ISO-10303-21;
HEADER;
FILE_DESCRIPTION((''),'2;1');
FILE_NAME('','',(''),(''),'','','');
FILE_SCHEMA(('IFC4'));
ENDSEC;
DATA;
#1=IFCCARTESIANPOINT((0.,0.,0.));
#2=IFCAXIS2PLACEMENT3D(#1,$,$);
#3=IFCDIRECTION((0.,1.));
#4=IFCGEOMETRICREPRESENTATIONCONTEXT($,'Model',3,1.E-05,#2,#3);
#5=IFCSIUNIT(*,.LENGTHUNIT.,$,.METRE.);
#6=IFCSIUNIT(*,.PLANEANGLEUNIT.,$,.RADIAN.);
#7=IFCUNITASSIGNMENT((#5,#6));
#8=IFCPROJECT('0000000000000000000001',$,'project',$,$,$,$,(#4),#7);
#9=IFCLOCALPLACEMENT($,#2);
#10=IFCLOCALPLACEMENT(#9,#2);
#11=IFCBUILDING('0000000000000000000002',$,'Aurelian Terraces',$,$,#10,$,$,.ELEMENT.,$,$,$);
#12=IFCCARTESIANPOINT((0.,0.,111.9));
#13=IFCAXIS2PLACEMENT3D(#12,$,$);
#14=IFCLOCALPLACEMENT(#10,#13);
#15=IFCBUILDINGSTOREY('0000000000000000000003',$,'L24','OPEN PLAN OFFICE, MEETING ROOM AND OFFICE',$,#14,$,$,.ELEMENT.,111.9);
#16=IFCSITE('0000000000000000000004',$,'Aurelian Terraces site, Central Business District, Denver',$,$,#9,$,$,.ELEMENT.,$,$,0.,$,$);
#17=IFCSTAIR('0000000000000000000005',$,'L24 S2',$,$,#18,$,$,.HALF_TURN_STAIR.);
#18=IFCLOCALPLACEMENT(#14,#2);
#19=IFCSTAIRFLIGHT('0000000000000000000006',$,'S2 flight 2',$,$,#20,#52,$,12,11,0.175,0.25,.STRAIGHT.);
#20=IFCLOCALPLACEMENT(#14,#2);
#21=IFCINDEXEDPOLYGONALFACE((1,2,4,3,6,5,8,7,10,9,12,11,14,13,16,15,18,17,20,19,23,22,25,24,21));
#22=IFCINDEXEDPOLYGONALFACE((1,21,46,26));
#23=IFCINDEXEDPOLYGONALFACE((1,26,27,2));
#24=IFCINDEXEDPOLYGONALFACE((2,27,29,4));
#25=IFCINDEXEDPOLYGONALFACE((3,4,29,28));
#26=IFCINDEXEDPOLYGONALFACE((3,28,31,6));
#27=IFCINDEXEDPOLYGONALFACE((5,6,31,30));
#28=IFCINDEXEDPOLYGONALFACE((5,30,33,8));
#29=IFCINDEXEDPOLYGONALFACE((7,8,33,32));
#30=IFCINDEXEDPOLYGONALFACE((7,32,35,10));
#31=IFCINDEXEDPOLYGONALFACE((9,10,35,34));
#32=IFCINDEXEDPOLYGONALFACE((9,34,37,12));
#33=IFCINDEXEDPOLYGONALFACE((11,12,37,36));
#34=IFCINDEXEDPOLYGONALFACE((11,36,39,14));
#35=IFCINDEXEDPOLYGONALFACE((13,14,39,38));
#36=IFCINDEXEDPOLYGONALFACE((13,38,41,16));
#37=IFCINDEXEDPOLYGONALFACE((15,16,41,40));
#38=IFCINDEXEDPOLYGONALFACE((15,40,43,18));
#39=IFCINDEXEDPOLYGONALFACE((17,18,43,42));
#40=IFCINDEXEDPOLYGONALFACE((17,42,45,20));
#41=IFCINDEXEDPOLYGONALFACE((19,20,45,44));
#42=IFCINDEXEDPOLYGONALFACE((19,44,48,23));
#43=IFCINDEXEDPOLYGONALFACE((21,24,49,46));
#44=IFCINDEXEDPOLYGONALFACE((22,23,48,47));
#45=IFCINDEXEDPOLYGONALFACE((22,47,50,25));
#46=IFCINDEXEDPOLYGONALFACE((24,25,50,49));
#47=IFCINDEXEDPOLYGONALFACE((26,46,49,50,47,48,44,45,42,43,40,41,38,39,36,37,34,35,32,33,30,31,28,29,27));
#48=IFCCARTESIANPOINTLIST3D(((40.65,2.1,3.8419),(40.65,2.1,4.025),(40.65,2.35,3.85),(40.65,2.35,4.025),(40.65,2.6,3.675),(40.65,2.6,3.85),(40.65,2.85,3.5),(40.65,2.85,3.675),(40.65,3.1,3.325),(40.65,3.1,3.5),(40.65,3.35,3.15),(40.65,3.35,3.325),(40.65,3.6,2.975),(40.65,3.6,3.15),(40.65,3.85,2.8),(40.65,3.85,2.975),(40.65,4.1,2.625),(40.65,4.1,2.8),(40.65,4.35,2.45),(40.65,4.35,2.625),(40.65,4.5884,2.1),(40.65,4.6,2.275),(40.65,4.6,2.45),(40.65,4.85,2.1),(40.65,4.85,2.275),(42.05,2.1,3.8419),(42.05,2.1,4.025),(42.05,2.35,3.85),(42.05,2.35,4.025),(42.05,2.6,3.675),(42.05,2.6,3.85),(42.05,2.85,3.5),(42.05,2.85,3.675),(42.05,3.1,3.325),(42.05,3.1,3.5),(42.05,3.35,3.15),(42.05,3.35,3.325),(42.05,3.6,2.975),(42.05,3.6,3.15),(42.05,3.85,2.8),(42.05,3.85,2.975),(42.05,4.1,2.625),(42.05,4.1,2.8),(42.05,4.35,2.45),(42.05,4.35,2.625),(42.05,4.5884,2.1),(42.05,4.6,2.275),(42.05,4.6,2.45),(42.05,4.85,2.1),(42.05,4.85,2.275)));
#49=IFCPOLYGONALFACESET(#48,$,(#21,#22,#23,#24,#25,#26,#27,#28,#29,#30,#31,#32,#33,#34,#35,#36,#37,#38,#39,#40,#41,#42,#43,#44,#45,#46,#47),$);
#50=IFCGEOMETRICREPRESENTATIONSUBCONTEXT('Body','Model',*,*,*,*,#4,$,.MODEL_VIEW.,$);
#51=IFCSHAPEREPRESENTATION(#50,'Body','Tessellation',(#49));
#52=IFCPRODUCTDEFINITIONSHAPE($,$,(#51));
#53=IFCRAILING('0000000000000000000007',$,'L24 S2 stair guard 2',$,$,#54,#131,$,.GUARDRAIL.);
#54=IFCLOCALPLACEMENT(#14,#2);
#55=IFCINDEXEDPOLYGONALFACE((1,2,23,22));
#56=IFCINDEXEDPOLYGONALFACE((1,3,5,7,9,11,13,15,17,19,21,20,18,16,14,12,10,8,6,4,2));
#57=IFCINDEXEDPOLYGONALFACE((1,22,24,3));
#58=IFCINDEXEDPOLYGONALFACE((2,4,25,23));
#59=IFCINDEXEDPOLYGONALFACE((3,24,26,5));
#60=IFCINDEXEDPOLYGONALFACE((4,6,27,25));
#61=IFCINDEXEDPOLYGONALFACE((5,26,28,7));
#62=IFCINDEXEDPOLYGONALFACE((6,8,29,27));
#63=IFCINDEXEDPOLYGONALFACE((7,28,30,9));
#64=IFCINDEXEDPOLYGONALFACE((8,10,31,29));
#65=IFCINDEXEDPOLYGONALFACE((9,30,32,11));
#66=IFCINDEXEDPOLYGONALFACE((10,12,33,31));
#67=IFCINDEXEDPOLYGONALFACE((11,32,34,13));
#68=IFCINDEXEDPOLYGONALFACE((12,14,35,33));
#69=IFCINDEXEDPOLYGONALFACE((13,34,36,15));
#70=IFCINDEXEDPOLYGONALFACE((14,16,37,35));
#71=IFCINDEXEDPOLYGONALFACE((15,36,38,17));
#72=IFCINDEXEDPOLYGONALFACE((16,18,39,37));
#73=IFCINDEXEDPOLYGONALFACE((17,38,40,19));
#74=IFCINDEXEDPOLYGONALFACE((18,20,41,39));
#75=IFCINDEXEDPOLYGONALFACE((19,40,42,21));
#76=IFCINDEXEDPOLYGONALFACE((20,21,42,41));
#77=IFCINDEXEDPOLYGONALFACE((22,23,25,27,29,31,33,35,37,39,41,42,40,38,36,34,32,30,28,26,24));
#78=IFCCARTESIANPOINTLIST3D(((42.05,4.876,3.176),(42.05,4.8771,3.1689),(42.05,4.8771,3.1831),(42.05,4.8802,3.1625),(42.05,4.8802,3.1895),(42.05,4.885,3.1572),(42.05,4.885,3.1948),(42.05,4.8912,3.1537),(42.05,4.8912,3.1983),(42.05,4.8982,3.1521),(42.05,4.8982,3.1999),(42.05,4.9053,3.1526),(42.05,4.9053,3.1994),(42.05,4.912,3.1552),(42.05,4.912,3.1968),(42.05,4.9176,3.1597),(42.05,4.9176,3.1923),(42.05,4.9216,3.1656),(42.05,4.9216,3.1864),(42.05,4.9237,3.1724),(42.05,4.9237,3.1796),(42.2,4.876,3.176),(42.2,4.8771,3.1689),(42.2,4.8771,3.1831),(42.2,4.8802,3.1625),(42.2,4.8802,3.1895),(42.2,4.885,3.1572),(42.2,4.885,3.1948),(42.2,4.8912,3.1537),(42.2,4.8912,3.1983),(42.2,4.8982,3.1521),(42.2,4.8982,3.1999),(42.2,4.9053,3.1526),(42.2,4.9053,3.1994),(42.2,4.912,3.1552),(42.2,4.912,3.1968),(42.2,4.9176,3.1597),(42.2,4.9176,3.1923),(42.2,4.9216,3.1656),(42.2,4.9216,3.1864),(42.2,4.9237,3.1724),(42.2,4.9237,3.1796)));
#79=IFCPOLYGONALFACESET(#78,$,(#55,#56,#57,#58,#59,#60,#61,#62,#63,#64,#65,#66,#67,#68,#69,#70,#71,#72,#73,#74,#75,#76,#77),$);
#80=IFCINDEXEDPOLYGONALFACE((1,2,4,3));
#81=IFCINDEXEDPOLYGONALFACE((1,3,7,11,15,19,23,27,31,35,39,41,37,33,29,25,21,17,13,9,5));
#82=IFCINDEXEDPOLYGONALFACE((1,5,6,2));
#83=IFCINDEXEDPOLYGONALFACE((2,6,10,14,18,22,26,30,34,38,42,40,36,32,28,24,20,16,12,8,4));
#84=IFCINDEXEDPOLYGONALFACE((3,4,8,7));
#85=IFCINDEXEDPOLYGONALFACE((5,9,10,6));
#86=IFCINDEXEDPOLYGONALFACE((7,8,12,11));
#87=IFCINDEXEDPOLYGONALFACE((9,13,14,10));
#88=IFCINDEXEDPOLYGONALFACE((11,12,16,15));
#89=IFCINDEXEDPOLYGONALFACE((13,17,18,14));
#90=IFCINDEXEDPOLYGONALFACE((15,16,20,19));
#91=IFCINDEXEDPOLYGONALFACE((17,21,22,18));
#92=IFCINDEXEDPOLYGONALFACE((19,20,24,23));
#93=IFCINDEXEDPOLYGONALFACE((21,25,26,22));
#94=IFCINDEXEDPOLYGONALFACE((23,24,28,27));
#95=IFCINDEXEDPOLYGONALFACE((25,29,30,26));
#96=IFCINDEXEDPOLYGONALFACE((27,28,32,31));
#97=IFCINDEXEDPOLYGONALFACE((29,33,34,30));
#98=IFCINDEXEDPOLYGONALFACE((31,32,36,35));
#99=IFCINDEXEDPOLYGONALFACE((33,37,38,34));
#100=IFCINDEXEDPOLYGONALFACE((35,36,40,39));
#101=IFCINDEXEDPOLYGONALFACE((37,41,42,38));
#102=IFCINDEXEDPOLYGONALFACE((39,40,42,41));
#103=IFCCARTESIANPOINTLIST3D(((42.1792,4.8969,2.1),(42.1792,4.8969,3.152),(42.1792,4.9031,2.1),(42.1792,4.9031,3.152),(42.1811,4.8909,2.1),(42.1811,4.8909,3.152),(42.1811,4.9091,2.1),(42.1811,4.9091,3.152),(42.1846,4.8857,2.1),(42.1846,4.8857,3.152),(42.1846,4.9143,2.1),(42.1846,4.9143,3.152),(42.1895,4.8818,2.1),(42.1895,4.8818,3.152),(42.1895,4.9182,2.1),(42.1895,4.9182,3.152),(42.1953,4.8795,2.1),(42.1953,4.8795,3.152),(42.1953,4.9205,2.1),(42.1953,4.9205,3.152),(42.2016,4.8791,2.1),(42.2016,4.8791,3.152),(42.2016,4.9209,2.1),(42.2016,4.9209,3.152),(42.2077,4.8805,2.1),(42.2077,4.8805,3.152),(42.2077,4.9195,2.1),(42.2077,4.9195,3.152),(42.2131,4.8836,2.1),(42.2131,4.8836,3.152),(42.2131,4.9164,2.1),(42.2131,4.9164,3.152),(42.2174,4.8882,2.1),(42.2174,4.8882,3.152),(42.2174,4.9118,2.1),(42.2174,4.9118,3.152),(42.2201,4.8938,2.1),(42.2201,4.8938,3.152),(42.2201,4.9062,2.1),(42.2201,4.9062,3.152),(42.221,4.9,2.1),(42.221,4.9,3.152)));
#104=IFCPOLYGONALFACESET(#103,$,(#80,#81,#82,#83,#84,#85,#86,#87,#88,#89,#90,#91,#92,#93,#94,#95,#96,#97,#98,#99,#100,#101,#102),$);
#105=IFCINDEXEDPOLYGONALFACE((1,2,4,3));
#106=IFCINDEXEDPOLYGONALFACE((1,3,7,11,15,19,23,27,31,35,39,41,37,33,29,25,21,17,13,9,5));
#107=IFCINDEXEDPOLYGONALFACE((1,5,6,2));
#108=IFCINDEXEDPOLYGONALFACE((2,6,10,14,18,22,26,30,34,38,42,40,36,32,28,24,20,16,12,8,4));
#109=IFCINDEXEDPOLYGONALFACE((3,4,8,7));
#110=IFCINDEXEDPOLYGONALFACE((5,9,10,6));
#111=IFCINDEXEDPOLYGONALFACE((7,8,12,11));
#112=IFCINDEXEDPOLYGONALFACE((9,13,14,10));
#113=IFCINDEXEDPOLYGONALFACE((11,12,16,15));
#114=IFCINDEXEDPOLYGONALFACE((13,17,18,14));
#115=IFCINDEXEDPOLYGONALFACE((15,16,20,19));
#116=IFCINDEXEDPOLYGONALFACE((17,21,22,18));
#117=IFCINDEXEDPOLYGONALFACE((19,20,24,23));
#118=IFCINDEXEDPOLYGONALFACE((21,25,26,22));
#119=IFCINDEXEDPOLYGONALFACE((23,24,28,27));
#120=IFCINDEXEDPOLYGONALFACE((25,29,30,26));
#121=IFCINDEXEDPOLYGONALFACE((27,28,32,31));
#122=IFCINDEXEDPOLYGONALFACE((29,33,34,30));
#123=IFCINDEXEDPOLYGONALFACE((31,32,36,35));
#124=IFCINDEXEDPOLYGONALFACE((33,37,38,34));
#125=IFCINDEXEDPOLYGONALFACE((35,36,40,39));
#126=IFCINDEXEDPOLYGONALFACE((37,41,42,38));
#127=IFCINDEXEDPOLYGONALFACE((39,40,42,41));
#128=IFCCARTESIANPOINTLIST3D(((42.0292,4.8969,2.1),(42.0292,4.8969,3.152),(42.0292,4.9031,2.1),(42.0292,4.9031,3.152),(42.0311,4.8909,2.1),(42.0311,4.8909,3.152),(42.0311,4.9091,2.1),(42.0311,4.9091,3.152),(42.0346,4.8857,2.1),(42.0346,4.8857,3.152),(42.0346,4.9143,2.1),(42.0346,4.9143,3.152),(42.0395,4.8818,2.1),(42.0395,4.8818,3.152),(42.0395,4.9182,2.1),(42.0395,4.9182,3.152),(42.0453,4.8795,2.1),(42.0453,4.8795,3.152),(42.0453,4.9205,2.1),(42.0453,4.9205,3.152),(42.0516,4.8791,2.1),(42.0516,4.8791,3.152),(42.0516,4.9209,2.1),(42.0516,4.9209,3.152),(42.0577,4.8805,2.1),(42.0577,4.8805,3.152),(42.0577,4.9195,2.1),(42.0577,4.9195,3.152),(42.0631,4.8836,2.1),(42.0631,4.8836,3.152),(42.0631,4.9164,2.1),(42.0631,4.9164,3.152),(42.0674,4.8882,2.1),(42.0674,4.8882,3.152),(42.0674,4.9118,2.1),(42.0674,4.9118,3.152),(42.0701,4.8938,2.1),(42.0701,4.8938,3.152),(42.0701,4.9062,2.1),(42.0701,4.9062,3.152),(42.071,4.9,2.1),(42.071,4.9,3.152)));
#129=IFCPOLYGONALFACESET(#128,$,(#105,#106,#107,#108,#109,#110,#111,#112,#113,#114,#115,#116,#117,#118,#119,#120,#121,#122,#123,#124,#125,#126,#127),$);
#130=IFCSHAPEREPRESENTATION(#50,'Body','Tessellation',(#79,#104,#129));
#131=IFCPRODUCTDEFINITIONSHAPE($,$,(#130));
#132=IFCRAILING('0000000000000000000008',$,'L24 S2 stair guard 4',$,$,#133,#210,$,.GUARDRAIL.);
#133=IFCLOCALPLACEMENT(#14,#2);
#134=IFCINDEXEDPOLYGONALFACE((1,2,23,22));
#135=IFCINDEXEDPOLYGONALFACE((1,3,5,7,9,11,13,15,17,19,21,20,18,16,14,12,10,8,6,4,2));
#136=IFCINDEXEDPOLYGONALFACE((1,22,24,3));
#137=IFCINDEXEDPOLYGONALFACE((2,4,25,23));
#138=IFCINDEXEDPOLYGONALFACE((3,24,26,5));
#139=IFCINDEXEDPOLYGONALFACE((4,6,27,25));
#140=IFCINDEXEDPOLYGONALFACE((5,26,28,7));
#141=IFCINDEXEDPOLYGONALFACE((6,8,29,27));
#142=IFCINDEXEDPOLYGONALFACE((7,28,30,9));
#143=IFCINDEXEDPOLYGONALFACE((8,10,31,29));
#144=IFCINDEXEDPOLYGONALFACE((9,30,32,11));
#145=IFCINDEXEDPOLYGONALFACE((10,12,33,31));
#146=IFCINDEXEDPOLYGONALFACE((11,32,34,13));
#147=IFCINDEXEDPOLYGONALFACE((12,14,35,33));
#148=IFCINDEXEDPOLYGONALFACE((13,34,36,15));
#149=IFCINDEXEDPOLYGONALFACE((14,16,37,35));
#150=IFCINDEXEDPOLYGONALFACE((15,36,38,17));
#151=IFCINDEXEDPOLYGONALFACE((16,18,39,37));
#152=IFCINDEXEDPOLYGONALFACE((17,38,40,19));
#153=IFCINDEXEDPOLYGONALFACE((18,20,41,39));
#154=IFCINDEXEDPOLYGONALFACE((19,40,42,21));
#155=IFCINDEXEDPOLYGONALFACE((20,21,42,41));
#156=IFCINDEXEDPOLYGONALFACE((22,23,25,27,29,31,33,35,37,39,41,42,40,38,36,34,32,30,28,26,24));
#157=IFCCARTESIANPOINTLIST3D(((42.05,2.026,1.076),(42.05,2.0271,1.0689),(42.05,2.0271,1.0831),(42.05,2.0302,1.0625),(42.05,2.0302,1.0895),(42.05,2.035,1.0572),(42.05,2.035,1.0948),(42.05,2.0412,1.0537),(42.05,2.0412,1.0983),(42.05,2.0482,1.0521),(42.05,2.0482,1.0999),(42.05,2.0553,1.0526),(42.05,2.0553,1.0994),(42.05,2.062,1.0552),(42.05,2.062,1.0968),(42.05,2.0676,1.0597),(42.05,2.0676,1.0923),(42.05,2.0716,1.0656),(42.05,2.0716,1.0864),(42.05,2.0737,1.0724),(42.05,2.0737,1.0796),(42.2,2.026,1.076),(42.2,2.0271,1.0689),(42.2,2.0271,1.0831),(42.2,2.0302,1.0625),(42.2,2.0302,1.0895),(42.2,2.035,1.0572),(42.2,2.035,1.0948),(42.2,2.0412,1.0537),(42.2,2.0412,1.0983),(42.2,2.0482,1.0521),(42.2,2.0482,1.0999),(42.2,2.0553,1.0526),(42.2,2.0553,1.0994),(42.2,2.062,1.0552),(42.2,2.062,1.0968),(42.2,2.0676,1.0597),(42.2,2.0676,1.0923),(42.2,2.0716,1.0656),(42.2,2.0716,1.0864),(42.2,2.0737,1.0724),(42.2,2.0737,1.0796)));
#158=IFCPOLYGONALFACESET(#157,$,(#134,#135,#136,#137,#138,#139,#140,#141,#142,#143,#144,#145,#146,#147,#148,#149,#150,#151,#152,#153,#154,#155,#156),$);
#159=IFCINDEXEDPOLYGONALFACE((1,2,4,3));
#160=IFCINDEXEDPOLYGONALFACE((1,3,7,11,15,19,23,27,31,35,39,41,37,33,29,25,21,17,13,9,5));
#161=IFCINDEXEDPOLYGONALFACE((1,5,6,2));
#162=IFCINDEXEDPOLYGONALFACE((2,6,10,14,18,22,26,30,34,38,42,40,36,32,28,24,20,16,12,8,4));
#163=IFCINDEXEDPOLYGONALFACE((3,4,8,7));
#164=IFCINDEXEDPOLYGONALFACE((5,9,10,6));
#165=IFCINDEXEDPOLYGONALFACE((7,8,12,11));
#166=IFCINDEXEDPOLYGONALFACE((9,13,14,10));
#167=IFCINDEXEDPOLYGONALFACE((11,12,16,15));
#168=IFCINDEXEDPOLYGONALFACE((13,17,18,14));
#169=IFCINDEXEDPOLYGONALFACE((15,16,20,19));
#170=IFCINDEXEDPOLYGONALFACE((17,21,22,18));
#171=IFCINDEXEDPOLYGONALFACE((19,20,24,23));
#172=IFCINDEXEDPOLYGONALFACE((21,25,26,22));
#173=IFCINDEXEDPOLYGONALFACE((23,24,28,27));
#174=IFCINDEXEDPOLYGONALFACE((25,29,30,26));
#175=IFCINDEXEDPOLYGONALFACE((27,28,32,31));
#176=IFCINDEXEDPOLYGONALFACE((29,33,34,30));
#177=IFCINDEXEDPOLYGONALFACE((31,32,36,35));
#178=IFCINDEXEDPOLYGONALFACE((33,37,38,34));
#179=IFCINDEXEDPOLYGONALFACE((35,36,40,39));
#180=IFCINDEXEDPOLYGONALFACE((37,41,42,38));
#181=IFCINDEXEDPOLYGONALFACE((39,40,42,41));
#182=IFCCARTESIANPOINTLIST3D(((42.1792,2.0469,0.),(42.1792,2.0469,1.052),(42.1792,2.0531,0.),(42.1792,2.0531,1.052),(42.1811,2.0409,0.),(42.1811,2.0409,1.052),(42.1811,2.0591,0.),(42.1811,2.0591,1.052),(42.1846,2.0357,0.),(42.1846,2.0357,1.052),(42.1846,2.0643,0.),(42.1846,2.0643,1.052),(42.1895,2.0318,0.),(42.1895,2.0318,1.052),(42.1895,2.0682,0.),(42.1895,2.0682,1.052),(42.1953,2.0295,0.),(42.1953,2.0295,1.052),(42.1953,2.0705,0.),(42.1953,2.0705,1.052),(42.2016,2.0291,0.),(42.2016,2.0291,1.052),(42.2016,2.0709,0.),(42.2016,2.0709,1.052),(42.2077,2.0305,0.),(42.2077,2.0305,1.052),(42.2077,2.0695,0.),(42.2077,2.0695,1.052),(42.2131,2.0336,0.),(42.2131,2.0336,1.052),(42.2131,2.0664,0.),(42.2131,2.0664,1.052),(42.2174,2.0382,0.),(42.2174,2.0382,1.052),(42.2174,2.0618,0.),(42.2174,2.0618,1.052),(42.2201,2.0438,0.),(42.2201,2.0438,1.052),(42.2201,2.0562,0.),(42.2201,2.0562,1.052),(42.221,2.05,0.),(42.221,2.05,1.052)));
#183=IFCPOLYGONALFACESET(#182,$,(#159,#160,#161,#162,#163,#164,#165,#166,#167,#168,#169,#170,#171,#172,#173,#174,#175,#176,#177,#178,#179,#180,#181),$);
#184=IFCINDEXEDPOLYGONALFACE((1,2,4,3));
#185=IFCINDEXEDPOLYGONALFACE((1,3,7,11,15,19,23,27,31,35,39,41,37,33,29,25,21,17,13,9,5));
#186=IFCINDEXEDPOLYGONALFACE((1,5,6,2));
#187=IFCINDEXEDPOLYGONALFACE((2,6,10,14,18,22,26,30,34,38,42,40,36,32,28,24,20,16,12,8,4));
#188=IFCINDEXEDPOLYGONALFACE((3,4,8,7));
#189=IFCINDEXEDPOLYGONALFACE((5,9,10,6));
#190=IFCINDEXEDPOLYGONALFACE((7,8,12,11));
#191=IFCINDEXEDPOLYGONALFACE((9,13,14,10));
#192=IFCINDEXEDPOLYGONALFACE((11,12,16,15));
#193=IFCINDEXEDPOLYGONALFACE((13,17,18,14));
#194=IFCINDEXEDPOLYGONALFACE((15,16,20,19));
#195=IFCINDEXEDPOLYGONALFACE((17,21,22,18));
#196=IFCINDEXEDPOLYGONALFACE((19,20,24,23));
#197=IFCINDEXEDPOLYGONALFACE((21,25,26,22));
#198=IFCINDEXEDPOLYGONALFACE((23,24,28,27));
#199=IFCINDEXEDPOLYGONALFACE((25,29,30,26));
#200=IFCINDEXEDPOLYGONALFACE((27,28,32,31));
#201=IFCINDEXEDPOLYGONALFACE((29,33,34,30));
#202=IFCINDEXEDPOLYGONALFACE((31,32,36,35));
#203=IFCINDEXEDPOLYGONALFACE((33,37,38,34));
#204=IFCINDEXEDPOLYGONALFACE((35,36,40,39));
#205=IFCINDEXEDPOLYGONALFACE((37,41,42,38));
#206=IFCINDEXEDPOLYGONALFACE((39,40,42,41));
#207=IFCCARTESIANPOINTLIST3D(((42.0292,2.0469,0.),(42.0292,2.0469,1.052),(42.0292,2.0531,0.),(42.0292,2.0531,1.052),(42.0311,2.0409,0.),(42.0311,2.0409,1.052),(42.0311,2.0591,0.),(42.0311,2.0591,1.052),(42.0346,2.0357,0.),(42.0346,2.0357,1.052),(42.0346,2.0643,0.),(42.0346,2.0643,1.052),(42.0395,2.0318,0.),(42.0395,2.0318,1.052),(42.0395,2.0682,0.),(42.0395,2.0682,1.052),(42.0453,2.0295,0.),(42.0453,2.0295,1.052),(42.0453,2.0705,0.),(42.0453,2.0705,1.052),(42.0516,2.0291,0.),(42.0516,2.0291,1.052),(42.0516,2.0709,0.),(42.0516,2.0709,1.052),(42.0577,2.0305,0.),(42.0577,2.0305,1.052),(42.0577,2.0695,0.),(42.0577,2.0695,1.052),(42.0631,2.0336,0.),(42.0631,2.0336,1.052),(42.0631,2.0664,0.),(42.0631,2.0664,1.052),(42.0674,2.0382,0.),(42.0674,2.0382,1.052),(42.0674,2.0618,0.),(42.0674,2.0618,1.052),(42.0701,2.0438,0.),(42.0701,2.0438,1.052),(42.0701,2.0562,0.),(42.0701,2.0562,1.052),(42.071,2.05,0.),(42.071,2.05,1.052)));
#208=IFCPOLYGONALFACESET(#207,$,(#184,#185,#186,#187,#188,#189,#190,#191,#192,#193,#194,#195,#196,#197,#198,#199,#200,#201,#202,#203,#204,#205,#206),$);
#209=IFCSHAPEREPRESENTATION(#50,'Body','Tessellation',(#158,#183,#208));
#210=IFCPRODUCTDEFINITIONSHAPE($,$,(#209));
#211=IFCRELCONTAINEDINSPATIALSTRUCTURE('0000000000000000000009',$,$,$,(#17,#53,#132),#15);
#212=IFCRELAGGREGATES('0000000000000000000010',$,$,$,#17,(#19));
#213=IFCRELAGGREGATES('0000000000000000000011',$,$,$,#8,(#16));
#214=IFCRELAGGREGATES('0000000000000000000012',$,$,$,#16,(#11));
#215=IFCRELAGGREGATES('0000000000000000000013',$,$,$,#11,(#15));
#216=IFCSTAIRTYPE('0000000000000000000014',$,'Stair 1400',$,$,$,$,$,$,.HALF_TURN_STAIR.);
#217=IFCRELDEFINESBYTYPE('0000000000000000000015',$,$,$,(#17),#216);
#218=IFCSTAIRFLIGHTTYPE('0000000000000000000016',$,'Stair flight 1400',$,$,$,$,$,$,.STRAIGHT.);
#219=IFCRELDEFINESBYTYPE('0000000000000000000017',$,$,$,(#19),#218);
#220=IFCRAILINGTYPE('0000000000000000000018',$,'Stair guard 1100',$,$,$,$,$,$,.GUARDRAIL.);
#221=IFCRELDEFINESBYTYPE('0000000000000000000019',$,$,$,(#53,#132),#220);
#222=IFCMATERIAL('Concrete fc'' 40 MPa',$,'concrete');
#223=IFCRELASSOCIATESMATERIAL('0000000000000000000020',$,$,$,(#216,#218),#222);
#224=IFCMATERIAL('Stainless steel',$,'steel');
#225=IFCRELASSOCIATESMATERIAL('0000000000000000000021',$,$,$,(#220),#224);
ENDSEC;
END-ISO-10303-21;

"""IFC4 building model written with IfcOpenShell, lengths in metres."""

from ifc_helpers import new_model, si_unit, direction, frame, origin, origin_2d, place, context, subcontext, project, spatial, polyline, circle, outline, extrude, source, transform, mapped, material, type_object, element, aggregate, save


model = new_model("IFC4")

# Units and contexts
model_context = context("Model", 3, precision=1e-05, world=origin(), true_north=direction((0.0, 1.0)))
body_context = subcontext(model_context, "Body", "Model", "MODEL_VIEW")
ifc_project = project(units=[si_unit("LENGTHUNIT", "METRE"), si_unit("PLANEANGLEUNIT", "RADIAN")], contexts=[model_context])

# Site, building, storey
site_placement = place(None, origin())
site = spatial("IfcSite", under=ifc_project, at=site_placement, Name="Aurelian Terraces site, Central Business District, Denver", CompositionType="ELEMENT", RefElevation=0.0)
building_placement = place(site_placement, origin())
building = spatial("IfcBuilding", under=site, at=building_placement, Name="Aurelian Terraces", CompositionType="ELEMENT")
storey_placement = place(building_placement, frame((0.0, 0.0, 111.9)))
storey = spatial("IfcBuildingStorey", under=building, at=storey_placement, Name="L24", Description="OPEN PLAN OFFICE, MEETING ROOM AND OFFICE", CompositionType="ELEMENT", Elevation=111.9)

# Shared definitions
ifc_material_1 = material(Name="Concrete fc' 40 MPa", Category="concrete")

# Stair, stair flight
stair_type = type_object("IfcStairType", Name="Stair 1400", PredefinedType="HALF_TURN_STAIR", material=ifc_material_1)
stair_placement = place(storey_placement, origin())
stair = element("IfcStair", 1, at=stair_placement, inside=storey, type_object=stair_type, Name="L24 S2", PredefinedType="HALF_TURN_STAIR")
stair_flight_type = type_object("IfcStairFlightType", Name="Stair flight 1400", PredefinedType="STRAIGHT", material=ifc_material_1)
shared_shape_1 = source(origin(), body_context, "Body", "SweptSolid", [
    extrude(outline(polyline([(0.0, 0.0), (0.0, 0.175), (0.25, 0.175), (0.25, 0.35), (0.5, 0.35), (0.5, 0.525), (0.75, 0.525), (0.75, 0.7), (1.0, 0.7), (1.0, 0.875), (1.25, 0.875), (1.25, 1.05), (1.5, 1.05), (1.5, 1.225), (1.75, 1.225), (1.75, 1.4), (2.0, 1.4), (2.0, 1.575), (2.25, 1.575), (2.25, 1.75), (2.5, 1.75), (2.5, 1.925), (2.75, 1.925), (2.75, 2.1), (2.75, 1.7419), (0.2616, 0.0), (0.0, 0.0)])), frame((0.0, 0.7, 0.0), z_axis=(0.0, -1.0, 0.0), x_axis=(1.0, 0.0, 0.0)), (0.0, 0.0, 1.0), 1.4),
])
stair_flight_1_placement = place(storey_placement, frame((41.35, 4.85, 2.1), z_axis=(0.0, 0.0, 1.0), x_axis=(0.0, -1.0, 0.0)))
stair_flight_1 = element("IfcStairFlight", 2, at=stair_flight_1_placement, type_object=stair_flight_type, Name="S2 flight 2", NumberOfRisers=12, NumberOfTreads=11, PredefinedType="STRAIGHT", RiserHeight=0.175, TreadLength=0.25, context=body_context, shape_type="MappedRepresentation", body=[
    mapped(shared_shape_1, transform((0.0, 0.0, 0.0), scale=1.0)),
])
aggregate(stair, [stair_flight_1])

# Railings
ifc_material_2 = material(Name="Stainless steel", Category="steel")
railing_type_1 = type_object("IfcRailingType", Name="Stair guard 1100", PredefinedType="GUARDRAIL", material=ifc_material_2)
shared_shape_2 = source(origin(), body_context, "Body", "SweptSolid", [
    extrude(circle(Radius=0.024, at=origin_2d()), frame((0.0, 0.0, 1.076), z_axis=(-1.0, 0.0, 0.0), x_axis=(0.0, -1.0, 0.0)), (0.0, 0.0, 1.0), 0.15),
    extrude(circle(Radius=0.021, at=origin_2d()), origin(), (0.0, 0.0, 1.0), 1.052),
    extrude(circle(Radius=0.021, at=origin_2d()), frame((-0.15, 0.0, 0.0)), (0.0, 0.0, 1.0), 1.052),
])
for number, where, name in (
    (3, (42.2, 4.9, 2.1), "L24 S2 stair guard 2"),
    (4, (42.2, 2.05, 0.0), "L24 S2 stair guard 4"),
):
    element("IfcRailing", number, at=place(storey_placement, frame(where)), inside=storey, type_object=railing_type_1, Name=name, PredefinedType="GUARDRAIL", context=body_context, shape_type="MappedRepresentation", body=[
        mapped(shared_shape_2, transform((0.0, 0.0, 0.0), scale=1.0)),
    ])

save(model, "model.ifc")
